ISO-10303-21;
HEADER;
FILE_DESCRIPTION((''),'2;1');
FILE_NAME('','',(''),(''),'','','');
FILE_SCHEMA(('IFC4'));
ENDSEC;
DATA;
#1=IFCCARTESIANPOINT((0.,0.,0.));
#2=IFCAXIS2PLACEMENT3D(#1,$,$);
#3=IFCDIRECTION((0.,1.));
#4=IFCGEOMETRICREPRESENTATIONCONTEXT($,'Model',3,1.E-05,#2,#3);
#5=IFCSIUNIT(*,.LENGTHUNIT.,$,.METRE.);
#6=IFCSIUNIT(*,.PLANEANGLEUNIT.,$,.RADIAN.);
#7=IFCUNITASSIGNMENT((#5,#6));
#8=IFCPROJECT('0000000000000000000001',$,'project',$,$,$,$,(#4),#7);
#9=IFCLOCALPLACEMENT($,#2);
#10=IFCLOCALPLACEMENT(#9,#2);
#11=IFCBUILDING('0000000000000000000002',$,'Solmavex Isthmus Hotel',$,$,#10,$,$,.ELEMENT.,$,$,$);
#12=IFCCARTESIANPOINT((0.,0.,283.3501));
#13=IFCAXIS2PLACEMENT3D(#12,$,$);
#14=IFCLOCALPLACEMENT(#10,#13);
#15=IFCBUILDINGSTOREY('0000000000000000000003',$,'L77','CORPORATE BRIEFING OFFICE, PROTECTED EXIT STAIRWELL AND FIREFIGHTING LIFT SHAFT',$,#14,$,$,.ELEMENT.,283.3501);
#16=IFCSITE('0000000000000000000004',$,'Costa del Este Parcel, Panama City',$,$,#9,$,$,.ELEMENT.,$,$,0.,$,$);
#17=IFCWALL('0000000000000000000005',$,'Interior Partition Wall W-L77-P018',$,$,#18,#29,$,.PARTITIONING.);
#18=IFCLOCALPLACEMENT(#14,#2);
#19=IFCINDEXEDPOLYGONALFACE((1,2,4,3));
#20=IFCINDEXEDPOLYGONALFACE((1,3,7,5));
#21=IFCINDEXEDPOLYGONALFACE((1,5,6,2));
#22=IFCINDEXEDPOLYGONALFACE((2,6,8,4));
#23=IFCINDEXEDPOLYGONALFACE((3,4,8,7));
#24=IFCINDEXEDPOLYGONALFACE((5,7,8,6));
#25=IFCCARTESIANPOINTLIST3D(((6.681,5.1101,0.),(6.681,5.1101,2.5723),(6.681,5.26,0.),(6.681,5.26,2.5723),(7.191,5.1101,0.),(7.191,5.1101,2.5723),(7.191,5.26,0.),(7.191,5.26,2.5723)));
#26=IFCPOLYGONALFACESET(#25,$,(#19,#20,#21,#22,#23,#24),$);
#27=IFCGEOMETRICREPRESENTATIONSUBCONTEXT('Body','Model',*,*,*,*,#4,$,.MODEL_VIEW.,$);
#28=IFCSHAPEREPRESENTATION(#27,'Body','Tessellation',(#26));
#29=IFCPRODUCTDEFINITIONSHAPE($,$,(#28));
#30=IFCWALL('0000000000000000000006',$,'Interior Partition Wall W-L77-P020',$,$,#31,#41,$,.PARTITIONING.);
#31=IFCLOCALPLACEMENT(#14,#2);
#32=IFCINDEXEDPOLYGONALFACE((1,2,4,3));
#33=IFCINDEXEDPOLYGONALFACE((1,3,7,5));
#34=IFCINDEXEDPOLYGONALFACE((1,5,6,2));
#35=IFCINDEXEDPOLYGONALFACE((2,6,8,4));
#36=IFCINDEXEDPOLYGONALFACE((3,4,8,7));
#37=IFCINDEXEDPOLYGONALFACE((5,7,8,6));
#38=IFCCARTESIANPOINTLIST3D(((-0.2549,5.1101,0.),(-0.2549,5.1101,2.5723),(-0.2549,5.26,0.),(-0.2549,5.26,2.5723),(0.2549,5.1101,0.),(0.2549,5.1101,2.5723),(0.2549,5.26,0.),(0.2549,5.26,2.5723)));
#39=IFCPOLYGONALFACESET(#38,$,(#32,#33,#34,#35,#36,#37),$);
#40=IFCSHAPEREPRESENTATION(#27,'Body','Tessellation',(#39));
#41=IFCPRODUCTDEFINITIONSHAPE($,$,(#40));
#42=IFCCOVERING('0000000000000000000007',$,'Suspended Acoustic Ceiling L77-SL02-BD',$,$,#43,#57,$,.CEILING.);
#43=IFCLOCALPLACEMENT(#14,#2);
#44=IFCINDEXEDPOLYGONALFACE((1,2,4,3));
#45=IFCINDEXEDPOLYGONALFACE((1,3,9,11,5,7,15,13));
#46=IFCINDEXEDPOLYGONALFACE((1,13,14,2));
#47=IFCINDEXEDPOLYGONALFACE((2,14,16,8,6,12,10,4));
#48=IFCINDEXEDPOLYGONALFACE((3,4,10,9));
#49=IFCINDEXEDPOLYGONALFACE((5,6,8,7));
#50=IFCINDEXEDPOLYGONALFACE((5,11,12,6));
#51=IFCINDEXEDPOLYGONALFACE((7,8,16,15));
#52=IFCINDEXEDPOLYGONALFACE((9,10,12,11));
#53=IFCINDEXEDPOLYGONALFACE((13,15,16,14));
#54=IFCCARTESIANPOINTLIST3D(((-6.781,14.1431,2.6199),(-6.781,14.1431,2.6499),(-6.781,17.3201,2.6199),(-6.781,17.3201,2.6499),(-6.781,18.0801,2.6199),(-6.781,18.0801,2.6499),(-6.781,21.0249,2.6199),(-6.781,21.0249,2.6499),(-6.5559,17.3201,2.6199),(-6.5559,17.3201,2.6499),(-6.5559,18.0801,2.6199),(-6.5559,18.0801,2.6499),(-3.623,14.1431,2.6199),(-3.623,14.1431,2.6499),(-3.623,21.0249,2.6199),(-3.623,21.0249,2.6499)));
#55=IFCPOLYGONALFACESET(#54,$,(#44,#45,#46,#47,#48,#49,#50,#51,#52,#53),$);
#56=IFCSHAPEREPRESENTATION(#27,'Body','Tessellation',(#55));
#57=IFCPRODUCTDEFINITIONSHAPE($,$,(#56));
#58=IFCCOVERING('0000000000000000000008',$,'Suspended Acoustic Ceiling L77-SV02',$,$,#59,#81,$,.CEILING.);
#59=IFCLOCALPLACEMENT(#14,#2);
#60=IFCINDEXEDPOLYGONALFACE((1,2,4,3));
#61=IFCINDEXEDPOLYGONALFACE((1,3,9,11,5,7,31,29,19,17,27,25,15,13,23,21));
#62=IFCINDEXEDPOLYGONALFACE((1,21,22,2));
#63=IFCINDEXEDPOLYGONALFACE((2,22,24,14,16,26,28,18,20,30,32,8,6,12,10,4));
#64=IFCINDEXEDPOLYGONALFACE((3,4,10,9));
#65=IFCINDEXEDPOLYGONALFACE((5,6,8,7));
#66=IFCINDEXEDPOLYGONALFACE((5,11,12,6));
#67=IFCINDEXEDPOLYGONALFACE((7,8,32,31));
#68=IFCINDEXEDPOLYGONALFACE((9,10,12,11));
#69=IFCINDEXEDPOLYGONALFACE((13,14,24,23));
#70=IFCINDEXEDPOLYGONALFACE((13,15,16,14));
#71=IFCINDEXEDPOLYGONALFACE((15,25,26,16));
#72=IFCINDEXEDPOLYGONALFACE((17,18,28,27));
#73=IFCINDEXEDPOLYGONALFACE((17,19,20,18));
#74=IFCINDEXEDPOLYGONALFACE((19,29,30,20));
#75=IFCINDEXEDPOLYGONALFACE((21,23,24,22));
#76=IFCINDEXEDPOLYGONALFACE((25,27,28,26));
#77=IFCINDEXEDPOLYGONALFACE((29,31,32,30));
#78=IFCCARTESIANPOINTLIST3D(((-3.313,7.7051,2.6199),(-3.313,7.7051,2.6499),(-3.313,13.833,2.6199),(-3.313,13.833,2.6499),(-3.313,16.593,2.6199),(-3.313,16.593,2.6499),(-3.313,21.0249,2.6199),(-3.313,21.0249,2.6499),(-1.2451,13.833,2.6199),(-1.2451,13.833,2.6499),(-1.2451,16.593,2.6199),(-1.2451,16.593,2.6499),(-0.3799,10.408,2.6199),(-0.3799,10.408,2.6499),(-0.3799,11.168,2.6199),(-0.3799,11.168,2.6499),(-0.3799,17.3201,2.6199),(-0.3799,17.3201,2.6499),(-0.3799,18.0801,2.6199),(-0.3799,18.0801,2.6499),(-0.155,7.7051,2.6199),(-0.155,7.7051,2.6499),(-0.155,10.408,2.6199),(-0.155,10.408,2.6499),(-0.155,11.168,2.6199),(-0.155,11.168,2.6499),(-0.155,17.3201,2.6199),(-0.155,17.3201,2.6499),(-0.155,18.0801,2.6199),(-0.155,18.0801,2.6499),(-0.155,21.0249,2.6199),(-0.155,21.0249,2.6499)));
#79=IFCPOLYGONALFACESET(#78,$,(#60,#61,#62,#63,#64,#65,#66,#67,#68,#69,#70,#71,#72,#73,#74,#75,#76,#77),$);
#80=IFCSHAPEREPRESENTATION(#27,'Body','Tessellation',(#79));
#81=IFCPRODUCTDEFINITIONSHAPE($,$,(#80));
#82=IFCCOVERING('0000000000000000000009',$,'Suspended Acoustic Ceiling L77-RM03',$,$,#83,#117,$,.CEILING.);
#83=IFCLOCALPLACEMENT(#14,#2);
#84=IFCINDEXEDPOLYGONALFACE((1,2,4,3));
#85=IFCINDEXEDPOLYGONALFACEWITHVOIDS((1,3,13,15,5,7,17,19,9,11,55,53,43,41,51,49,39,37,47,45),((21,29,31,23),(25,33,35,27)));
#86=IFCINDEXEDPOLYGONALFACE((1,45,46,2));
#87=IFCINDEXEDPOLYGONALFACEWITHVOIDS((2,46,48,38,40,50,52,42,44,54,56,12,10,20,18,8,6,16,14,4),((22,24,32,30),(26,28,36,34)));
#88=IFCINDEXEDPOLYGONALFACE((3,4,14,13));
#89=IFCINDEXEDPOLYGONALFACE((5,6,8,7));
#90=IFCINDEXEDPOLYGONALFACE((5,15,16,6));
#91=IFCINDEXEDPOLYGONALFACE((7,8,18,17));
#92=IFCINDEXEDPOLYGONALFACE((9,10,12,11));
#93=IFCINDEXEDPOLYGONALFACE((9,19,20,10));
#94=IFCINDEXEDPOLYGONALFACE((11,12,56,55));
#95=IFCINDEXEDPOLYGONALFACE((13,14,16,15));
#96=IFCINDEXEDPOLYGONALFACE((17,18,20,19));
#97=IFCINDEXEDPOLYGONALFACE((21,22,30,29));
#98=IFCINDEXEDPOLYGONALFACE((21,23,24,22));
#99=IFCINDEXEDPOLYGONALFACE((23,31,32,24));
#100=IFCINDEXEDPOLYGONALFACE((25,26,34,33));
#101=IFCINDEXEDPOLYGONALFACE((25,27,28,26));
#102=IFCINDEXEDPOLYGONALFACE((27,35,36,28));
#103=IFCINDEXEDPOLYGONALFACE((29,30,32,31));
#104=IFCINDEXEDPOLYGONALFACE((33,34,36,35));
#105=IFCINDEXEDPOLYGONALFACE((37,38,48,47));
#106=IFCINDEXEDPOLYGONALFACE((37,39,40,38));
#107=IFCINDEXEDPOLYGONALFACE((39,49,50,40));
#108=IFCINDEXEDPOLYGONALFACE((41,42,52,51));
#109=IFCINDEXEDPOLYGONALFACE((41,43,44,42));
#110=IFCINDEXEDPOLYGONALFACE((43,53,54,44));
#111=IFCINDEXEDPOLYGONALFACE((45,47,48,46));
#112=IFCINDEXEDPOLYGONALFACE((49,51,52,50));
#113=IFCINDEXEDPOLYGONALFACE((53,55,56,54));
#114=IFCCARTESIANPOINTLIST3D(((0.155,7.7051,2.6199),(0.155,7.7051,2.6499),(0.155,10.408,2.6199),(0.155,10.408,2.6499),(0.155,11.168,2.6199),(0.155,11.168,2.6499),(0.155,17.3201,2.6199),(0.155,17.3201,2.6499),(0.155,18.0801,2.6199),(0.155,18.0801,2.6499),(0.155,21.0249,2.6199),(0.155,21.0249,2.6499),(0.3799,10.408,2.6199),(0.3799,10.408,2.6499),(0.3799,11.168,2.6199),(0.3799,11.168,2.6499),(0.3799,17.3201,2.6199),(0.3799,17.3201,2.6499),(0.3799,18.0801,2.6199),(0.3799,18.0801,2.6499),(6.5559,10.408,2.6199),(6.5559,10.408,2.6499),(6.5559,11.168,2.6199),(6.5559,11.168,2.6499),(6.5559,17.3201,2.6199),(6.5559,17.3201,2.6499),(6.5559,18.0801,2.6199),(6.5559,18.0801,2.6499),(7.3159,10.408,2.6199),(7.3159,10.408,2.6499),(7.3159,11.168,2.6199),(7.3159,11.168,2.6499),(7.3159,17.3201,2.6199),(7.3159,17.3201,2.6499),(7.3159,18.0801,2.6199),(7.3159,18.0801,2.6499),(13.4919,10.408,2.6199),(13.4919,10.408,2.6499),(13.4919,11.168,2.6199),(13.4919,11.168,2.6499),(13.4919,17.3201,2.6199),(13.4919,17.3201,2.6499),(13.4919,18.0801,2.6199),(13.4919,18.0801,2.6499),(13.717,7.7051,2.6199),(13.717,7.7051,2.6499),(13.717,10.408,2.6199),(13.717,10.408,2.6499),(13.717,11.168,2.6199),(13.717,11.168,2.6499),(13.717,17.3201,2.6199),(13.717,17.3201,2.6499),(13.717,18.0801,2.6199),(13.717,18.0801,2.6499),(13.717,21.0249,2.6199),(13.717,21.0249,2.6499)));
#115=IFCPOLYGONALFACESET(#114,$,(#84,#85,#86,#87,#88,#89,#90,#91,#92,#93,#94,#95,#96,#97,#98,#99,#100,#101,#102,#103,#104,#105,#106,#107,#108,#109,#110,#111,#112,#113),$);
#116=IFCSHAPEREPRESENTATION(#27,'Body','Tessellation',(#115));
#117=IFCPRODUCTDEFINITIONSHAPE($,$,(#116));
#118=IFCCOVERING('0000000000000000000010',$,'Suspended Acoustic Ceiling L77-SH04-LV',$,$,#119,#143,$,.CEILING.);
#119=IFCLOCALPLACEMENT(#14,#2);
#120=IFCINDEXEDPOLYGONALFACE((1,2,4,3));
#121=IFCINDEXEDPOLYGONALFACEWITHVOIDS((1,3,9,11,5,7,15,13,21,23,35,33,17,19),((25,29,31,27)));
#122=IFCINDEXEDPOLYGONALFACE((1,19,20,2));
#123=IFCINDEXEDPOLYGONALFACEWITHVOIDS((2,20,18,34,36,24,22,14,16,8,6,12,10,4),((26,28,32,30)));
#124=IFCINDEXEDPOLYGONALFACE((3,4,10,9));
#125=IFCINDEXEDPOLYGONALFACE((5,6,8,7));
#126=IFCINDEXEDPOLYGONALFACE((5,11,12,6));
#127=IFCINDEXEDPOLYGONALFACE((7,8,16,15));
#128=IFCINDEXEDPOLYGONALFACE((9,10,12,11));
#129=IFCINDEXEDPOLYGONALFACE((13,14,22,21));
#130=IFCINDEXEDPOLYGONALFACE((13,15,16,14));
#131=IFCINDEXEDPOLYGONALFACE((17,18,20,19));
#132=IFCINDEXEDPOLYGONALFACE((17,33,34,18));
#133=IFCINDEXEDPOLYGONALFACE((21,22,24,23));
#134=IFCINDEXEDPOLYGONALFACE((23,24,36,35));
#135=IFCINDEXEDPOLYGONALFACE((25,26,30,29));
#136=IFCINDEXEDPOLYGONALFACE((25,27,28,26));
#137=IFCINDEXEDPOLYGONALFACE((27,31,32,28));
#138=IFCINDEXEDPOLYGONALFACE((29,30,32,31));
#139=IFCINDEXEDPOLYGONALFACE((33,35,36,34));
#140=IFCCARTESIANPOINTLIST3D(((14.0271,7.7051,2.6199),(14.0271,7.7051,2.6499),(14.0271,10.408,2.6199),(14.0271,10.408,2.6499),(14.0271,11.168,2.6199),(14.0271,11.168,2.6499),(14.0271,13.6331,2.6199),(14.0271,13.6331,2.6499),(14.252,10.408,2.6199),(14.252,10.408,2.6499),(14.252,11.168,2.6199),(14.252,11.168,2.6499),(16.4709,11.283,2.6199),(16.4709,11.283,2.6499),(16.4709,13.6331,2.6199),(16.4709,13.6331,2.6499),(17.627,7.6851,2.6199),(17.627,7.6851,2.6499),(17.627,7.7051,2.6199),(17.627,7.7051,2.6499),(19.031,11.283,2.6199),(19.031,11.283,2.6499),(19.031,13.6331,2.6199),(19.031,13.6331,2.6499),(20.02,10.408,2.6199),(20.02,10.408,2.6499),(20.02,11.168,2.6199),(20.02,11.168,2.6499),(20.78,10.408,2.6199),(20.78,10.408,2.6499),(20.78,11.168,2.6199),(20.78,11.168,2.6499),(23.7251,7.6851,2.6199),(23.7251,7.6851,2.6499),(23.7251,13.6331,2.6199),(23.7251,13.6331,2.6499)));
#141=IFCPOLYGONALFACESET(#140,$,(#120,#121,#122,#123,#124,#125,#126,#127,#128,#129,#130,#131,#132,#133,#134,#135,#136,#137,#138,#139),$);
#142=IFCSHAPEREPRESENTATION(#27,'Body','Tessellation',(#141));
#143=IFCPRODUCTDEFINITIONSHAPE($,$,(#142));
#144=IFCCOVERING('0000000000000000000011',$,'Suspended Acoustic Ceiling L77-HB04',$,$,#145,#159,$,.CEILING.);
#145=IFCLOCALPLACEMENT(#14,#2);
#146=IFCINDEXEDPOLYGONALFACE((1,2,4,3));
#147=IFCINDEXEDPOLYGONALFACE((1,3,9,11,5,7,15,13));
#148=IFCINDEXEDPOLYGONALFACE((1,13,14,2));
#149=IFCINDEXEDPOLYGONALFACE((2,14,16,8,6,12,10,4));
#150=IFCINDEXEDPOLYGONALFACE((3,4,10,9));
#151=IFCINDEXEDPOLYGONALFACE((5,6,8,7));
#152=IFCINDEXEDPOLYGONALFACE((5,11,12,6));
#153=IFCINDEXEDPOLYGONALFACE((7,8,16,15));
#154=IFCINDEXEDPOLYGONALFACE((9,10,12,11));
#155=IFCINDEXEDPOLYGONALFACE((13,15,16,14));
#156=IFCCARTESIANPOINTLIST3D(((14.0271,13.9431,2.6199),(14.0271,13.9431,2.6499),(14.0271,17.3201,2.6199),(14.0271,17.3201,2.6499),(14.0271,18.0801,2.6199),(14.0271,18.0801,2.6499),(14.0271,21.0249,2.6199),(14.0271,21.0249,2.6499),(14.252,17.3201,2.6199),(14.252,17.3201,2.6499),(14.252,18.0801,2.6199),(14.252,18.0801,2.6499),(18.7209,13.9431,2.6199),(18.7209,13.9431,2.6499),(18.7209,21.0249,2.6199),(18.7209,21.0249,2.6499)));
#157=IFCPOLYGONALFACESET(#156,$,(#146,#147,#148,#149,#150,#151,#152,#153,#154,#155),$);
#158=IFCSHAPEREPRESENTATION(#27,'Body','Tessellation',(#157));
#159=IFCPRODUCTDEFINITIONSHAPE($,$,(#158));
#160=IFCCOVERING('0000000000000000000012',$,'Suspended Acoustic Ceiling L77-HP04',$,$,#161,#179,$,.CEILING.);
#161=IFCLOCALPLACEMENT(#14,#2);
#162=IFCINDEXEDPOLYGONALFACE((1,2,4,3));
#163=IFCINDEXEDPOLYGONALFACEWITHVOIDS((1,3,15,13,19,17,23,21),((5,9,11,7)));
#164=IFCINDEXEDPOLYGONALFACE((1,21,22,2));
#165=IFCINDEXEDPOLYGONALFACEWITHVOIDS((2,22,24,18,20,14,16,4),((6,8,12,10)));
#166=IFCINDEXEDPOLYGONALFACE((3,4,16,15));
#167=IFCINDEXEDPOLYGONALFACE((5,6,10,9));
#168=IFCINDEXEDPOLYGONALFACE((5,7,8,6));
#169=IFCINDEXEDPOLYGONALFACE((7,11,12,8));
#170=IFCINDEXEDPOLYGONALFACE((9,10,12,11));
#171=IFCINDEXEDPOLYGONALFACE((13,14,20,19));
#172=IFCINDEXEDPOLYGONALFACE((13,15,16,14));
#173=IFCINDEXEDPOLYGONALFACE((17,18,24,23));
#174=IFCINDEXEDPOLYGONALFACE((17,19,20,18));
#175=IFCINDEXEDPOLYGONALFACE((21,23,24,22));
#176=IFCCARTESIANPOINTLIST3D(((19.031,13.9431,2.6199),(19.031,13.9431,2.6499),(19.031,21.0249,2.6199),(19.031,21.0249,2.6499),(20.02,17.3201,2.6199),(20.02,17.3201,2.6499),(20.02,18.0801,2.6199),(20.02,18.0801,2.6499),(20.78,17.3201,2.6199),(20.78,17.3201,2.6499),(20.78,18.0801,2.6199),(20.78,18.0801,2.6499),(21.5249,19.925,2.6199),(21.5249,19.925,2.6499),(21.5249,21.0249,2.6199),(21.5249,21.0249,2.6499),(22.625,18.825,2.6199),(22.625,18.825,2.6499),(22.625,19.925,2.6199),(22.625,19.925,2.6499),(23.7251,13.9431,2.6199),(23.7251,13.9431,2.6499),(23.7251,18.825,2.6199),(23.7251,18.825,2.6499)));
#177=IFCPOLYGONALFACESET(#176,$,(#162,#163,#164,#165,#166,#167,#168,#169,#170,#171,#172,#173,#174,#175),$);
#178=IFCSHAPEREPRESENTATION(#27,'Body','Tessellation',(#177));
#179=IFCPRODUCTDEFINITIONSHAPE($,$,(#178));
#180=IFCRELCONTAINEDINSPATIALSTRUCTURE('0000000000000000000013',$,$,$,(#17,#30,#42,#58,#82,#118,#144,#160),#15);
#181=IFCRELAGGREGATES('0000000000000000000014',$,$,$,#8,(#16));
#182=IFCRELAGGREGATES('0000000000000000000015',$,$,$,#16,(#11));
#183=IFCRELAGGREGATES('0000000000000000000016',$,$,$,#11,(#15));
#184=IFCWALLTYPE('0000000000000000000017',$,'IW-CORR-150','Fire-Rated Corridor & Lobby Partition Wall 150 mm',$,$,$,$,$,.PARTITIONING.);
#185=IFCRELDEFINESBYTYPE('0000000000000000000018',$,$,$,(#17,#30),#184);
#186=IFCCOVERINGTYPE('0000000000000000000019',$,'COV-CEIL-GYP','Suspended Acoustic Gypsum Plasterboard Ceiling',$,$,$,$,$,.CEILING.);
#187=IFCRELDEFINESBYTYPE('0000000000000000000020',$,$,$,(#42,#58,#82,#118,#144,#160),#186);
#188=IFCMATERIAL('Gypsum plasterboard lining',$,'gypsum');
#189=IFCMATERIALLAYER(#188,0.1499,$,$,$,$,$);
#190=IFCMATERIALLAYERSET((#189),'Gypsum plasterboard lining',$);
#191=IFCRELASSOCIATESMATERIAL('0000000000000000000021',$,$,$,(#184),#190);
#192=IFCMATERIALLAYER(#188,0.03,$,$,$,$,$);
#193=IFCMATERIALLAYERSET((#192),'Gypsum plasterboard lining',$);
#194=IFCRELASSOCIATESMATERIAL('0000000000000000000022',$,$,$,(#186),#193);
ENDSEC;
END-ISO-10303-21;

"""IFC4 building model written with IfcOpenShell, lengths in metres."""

from ifc_helpers import new_model, si_unit, direction, frame, frame_2d, origin, place, context, subcontext, project, spatial, polyline, rectangle, outline, extrude, material, layer, layer_set, type_object, element, save


model = new_model("IFC4")

# Units and contexts
model_context = context("Model", 3, precision=1e-05, world=origin(), true_north=direction((0.0, 1.0)))
body_context = subcontext(model_context, "Body", "Model", "MODEL_VIEW")
ifc_project = project(units=[si_unit("LENGTHUNIT", "METRE"), si_unit("PLANEANGLEUNIT", "RADIAN")], contexts=[model_context])

# Site, building, storey
site_placement = place(None, origin())
site = spatial("IfcSite", under=ifc_project, at=site_placement, Name="Costa del Este Parcel, Panama City", CompositionType="ELEMENT", RefElevation=0.0)
building_placement = place(site_placement, origin())
building = spatial("IfcBuilding", under=site, at=building_placement, Name="Solmavex Isthmus Hotel", CompositionType="ELEMENT")
storey_placement = place(building_placement, frame((0.0, 0.0, 283.3501)))
storey = spatial("IfcBuildingStorey", under=building, at=storey_placement, Name="L77", Description="CORPORATE BRIEFING OFFICE, PROTECTED EXIT STAIRWELL AND FIREFIGHTING LIFT SHAFT", CompositionType="ELEMENT", Elevation=283.3501)

# Walls
ifc_material_1 = material(Name="Gypsum plasterboard lining", Category="gypsum")
ifc_layer_1 = layer(ifc_material_1, 0.1499)
ifc_layer_set_1 = layer_set([ifc_layer_1], Name="Gypsum plasterboard lining")
wall_type = type_object("IfcWallType", Name="IW-CORR-150", Description="Fire-Rated Corridor & Lobby Partition Wall 150 mm", PredefinedType="PARTITIONING", material=ifc_layer_set_1)
wall_1_placement = place(storey_placement, frame((7.1909, 5.1851, 0.0), z_axis=(0.0, 0.0, 1.0), x_axis=(-1.0, 0.0, 0.0)))
element("IfcWall", 1, at=wall_1_placement, inside=storey, type_object=wall_type, Name="Interior Partition Wall W-L77-P018", PredefinedType="PARTITIONING", context=body_context, shape_type="SweptSolid", body=[
    extrude(rectangle(XDim=0.51, YDim=0.1499, at=frame_2d((0.2549, 0.0))), origin(), (0.0, 0.0, 1.0), 2.5723),
])
wall_2_placement = place(storey_placement, frame((0.2549, 5.1851, 0.0), z_axis=(0.0, 0.0, 1.0), x_axis=(-1.0, 0.0, 0.0)))
element("IfcWall", 2, at=wall_2_placement, inside=storey, type_object=wall_type, Name="Interior Partition Wall W-L77-P020", PredefinedType="PARTITIONING", context=body_context, shape_type="SweptSolid", body=[
    extrude(rectangle(XDim=0.5098, YDim=0.1499, at=frame_2d((0.2549, 0.0))), origin(), (0.0, 0.0, 1.0), 2.5723),
])

# Coverings
ifc_layer_2 = layer(ifc_material_1, 0.03)
ifc_layer_set_2 = layer_set([ifc_layer_2], Name="Gypsum plasterboard lining")
covering_type_1 = type_object("IfcCoveringType", Name="COV-CEIL-GYP", Description="Suspended Acoustic Gypsum Plasterboard Ceiling", PredefinedType="CEILING", material=ifc_layer_set_2)
covering_1_placement = place(storey_placement, frame((0.0, 0.0, 2.6199)))
element("IfcCovering", 3, at=covering_1_placement, inside=storey, type_object=covering_type_1, Name="Suspended Acoustic Ceiling L77-SL02-BD", PredefinedType="CEILING", context=body_context, shape_type="SweptSolid", body=[
    extrude(outline(polyline([(-6.781, 18.0801), (-6.5559, 18.0801), (-6.5559, 17.3201), (-6.781, 17.3201), (-6.781, 14.1431), (-3.623, 14.1431), (-3.623, 21.0249), (-6.781, 21.0249), (-6.781, 18.0801)])), origin(), (0.0, 0.0, 1.0), 0.03),
])
covering_2_placement = place(storey_placement, frame((0.0, 0.0, 2.6199)))
element("IfcCovering", 4, at=covering_2_placement, inside=storey, type_object=covering_type_1, Name="Suspended Acoustic Ceiling L77-SV02", PredefinedType="CEILING", context=body_context, shape_type="SweptSolid", body=[
    extrude(outline(polyline([(-0.155, 17.3201), (-0.3799, 17.3201), (-0.3799, 18.0801), (-0.155, 18.0801), (-0.155, 21.0249), (-3.313, 21.0249), (-3.313, 16.593), (-1.2451, 16.593), (-1.2451, 13.833), (-3.313, 13.833), (-3.313, 7.7051), (-0.155, 7.7051), (-0.155, 10.408), (-0.3799, 10.408), (-0.3799, 11.168), (-0.155, 11.168), (-0.155, 17.3201)])), origin(), (0.0, 0.0, 1.0), 0.03),
])
covering_3_placement = place(storey_placement, frame((0.0, 0.0, 2.6199)))
element("IfcCovering", 5, at=covering_3_placement, inside=storey, type_object=covering_type_1, Name="Suspended Acoustic Ceiling L77-RM03", PredefinedType="CEILING", context=body_context, shape_type="SweptSolid", body=[
    extrude(outline(polyline([(0.155, 11.168), (0.3799, 11.168), (0.3799, 10.408), (0.155, 10.408), (0.155, 7.7051), (13.717, 7.7051), (13.717, 10.408), (13.4919, 10.408), (13.4919, 11.168), (13.717, 11.168), (13.717, 17.3201), (13.4919, 17.3201), (13.4919, 18.0801), (13.717, 18.0801), (13.717, 21.0249), (0.155, 21.0249), (0.155, 18.0801), (0.3799, 18.0801), (0.3799, 17.3201), (0.155, 17.3201), (0.155, 11.168)]), holes=[polyline([(6.5559, 10.408), (6.5559, 11.168), (7.3159, 11.168), (7.3159, 10.408), (6.5559, 10.408)]), polyline([(6.5559, 17.3201), (6.5559, 18.0801), (7.3159, 18.0801), (7.3159, 17.3201), (6.5559, 17.3201)])]), origin(), (0.0, 0.0, 1.0), 0.03),
])
covering_4_placement = place(storey_placement, frame((0.0, 0.0, 2.6199)))
element("IfcCovering", 6, at=covering_4_placement, inside=storey, type_object=covering_type_1, Name="Suspended Acoustic Ceiling L77-SH04-LV", PredefinedType="CEILING", context=body_context, shape_type="SweptSolid", body=[
    extrude(outline(polyline([(14.0271, 11.168), (14.252, 11.168), (14.252, 10.408), (14.0271, 10.408), (14.0271, 7.7051), (17.627, 7.7051), (17.627, 7.6851), (23.7251, 7.6851), (23.7251, 13.6331), (19.031, 13.6331), (19.031, 11.283), (16.4709, 11.283), (16.4709, 13.6331), (14.0271, 13.6331), (14.0271, 11.168)]), holes=[polyline([(20.02, 10.408), (20.02, 11.168), (20.78, 11.168), (20.78, 10.408), (20.02, 10.408)])]), origin(), (0.0, 0.0, 1.0), 0.03),
])
covering_5_placement = place(storey_placement, frame((0.0, 0.0, 2.6199)))
element("IfcCovering", 7, at=covering_5_placement, inside=storey, type_object=covering_type_1, Name="Suspended Acoustic Ceiling L77-HB04", PredefinedType="CEILING", context=body_context, shape_type="SweptSolid", body=[
    extrude(outline(polyline([(14.0271, 18.0801), (14.252, 18.0801), (14.252, 17.3201), (14.0271, 17.3201), (14.0271, 13.9431), (18.7209, 13.9431), (18.7209, 21.0249), (14.0271, 21.0249), (14.0271, 18.0801)])), origin(), (0.0, 0.0, 1.0), 0.03),
])
covering_6_placement = place(storey_placement, frame((0.0, 0.0, 2.6199)))
element("IfcCovering", 8, at=covering_6_placement, inside=storey, type_object=covering_type_1, Name="Suspended Acoustic Ceiling L77-HP04", PredefinedType="CEILING", context=body_context, shape_type="SweptSolid", body=[
    extrude(outline(polyline([(21.5249, 19.925), (21.5249, 21.0249), (19.031, 21.0249), (19.031, 13.9431), (23.7251, 13.9431), (23.7251, 18.825), (22.625, 18.825), (22.625, 19.925), (21.5249, 19.925)]), holes=[polyline([(20.02, 17.3201), (20.02, 18.0801), (20.78, 18.0801), (20.78, 17.3201), (20.02, 17.3201)])]), origin(), (0.0, 0.0, 1.0), 0.03),
])

save(model, "model.ifc")
